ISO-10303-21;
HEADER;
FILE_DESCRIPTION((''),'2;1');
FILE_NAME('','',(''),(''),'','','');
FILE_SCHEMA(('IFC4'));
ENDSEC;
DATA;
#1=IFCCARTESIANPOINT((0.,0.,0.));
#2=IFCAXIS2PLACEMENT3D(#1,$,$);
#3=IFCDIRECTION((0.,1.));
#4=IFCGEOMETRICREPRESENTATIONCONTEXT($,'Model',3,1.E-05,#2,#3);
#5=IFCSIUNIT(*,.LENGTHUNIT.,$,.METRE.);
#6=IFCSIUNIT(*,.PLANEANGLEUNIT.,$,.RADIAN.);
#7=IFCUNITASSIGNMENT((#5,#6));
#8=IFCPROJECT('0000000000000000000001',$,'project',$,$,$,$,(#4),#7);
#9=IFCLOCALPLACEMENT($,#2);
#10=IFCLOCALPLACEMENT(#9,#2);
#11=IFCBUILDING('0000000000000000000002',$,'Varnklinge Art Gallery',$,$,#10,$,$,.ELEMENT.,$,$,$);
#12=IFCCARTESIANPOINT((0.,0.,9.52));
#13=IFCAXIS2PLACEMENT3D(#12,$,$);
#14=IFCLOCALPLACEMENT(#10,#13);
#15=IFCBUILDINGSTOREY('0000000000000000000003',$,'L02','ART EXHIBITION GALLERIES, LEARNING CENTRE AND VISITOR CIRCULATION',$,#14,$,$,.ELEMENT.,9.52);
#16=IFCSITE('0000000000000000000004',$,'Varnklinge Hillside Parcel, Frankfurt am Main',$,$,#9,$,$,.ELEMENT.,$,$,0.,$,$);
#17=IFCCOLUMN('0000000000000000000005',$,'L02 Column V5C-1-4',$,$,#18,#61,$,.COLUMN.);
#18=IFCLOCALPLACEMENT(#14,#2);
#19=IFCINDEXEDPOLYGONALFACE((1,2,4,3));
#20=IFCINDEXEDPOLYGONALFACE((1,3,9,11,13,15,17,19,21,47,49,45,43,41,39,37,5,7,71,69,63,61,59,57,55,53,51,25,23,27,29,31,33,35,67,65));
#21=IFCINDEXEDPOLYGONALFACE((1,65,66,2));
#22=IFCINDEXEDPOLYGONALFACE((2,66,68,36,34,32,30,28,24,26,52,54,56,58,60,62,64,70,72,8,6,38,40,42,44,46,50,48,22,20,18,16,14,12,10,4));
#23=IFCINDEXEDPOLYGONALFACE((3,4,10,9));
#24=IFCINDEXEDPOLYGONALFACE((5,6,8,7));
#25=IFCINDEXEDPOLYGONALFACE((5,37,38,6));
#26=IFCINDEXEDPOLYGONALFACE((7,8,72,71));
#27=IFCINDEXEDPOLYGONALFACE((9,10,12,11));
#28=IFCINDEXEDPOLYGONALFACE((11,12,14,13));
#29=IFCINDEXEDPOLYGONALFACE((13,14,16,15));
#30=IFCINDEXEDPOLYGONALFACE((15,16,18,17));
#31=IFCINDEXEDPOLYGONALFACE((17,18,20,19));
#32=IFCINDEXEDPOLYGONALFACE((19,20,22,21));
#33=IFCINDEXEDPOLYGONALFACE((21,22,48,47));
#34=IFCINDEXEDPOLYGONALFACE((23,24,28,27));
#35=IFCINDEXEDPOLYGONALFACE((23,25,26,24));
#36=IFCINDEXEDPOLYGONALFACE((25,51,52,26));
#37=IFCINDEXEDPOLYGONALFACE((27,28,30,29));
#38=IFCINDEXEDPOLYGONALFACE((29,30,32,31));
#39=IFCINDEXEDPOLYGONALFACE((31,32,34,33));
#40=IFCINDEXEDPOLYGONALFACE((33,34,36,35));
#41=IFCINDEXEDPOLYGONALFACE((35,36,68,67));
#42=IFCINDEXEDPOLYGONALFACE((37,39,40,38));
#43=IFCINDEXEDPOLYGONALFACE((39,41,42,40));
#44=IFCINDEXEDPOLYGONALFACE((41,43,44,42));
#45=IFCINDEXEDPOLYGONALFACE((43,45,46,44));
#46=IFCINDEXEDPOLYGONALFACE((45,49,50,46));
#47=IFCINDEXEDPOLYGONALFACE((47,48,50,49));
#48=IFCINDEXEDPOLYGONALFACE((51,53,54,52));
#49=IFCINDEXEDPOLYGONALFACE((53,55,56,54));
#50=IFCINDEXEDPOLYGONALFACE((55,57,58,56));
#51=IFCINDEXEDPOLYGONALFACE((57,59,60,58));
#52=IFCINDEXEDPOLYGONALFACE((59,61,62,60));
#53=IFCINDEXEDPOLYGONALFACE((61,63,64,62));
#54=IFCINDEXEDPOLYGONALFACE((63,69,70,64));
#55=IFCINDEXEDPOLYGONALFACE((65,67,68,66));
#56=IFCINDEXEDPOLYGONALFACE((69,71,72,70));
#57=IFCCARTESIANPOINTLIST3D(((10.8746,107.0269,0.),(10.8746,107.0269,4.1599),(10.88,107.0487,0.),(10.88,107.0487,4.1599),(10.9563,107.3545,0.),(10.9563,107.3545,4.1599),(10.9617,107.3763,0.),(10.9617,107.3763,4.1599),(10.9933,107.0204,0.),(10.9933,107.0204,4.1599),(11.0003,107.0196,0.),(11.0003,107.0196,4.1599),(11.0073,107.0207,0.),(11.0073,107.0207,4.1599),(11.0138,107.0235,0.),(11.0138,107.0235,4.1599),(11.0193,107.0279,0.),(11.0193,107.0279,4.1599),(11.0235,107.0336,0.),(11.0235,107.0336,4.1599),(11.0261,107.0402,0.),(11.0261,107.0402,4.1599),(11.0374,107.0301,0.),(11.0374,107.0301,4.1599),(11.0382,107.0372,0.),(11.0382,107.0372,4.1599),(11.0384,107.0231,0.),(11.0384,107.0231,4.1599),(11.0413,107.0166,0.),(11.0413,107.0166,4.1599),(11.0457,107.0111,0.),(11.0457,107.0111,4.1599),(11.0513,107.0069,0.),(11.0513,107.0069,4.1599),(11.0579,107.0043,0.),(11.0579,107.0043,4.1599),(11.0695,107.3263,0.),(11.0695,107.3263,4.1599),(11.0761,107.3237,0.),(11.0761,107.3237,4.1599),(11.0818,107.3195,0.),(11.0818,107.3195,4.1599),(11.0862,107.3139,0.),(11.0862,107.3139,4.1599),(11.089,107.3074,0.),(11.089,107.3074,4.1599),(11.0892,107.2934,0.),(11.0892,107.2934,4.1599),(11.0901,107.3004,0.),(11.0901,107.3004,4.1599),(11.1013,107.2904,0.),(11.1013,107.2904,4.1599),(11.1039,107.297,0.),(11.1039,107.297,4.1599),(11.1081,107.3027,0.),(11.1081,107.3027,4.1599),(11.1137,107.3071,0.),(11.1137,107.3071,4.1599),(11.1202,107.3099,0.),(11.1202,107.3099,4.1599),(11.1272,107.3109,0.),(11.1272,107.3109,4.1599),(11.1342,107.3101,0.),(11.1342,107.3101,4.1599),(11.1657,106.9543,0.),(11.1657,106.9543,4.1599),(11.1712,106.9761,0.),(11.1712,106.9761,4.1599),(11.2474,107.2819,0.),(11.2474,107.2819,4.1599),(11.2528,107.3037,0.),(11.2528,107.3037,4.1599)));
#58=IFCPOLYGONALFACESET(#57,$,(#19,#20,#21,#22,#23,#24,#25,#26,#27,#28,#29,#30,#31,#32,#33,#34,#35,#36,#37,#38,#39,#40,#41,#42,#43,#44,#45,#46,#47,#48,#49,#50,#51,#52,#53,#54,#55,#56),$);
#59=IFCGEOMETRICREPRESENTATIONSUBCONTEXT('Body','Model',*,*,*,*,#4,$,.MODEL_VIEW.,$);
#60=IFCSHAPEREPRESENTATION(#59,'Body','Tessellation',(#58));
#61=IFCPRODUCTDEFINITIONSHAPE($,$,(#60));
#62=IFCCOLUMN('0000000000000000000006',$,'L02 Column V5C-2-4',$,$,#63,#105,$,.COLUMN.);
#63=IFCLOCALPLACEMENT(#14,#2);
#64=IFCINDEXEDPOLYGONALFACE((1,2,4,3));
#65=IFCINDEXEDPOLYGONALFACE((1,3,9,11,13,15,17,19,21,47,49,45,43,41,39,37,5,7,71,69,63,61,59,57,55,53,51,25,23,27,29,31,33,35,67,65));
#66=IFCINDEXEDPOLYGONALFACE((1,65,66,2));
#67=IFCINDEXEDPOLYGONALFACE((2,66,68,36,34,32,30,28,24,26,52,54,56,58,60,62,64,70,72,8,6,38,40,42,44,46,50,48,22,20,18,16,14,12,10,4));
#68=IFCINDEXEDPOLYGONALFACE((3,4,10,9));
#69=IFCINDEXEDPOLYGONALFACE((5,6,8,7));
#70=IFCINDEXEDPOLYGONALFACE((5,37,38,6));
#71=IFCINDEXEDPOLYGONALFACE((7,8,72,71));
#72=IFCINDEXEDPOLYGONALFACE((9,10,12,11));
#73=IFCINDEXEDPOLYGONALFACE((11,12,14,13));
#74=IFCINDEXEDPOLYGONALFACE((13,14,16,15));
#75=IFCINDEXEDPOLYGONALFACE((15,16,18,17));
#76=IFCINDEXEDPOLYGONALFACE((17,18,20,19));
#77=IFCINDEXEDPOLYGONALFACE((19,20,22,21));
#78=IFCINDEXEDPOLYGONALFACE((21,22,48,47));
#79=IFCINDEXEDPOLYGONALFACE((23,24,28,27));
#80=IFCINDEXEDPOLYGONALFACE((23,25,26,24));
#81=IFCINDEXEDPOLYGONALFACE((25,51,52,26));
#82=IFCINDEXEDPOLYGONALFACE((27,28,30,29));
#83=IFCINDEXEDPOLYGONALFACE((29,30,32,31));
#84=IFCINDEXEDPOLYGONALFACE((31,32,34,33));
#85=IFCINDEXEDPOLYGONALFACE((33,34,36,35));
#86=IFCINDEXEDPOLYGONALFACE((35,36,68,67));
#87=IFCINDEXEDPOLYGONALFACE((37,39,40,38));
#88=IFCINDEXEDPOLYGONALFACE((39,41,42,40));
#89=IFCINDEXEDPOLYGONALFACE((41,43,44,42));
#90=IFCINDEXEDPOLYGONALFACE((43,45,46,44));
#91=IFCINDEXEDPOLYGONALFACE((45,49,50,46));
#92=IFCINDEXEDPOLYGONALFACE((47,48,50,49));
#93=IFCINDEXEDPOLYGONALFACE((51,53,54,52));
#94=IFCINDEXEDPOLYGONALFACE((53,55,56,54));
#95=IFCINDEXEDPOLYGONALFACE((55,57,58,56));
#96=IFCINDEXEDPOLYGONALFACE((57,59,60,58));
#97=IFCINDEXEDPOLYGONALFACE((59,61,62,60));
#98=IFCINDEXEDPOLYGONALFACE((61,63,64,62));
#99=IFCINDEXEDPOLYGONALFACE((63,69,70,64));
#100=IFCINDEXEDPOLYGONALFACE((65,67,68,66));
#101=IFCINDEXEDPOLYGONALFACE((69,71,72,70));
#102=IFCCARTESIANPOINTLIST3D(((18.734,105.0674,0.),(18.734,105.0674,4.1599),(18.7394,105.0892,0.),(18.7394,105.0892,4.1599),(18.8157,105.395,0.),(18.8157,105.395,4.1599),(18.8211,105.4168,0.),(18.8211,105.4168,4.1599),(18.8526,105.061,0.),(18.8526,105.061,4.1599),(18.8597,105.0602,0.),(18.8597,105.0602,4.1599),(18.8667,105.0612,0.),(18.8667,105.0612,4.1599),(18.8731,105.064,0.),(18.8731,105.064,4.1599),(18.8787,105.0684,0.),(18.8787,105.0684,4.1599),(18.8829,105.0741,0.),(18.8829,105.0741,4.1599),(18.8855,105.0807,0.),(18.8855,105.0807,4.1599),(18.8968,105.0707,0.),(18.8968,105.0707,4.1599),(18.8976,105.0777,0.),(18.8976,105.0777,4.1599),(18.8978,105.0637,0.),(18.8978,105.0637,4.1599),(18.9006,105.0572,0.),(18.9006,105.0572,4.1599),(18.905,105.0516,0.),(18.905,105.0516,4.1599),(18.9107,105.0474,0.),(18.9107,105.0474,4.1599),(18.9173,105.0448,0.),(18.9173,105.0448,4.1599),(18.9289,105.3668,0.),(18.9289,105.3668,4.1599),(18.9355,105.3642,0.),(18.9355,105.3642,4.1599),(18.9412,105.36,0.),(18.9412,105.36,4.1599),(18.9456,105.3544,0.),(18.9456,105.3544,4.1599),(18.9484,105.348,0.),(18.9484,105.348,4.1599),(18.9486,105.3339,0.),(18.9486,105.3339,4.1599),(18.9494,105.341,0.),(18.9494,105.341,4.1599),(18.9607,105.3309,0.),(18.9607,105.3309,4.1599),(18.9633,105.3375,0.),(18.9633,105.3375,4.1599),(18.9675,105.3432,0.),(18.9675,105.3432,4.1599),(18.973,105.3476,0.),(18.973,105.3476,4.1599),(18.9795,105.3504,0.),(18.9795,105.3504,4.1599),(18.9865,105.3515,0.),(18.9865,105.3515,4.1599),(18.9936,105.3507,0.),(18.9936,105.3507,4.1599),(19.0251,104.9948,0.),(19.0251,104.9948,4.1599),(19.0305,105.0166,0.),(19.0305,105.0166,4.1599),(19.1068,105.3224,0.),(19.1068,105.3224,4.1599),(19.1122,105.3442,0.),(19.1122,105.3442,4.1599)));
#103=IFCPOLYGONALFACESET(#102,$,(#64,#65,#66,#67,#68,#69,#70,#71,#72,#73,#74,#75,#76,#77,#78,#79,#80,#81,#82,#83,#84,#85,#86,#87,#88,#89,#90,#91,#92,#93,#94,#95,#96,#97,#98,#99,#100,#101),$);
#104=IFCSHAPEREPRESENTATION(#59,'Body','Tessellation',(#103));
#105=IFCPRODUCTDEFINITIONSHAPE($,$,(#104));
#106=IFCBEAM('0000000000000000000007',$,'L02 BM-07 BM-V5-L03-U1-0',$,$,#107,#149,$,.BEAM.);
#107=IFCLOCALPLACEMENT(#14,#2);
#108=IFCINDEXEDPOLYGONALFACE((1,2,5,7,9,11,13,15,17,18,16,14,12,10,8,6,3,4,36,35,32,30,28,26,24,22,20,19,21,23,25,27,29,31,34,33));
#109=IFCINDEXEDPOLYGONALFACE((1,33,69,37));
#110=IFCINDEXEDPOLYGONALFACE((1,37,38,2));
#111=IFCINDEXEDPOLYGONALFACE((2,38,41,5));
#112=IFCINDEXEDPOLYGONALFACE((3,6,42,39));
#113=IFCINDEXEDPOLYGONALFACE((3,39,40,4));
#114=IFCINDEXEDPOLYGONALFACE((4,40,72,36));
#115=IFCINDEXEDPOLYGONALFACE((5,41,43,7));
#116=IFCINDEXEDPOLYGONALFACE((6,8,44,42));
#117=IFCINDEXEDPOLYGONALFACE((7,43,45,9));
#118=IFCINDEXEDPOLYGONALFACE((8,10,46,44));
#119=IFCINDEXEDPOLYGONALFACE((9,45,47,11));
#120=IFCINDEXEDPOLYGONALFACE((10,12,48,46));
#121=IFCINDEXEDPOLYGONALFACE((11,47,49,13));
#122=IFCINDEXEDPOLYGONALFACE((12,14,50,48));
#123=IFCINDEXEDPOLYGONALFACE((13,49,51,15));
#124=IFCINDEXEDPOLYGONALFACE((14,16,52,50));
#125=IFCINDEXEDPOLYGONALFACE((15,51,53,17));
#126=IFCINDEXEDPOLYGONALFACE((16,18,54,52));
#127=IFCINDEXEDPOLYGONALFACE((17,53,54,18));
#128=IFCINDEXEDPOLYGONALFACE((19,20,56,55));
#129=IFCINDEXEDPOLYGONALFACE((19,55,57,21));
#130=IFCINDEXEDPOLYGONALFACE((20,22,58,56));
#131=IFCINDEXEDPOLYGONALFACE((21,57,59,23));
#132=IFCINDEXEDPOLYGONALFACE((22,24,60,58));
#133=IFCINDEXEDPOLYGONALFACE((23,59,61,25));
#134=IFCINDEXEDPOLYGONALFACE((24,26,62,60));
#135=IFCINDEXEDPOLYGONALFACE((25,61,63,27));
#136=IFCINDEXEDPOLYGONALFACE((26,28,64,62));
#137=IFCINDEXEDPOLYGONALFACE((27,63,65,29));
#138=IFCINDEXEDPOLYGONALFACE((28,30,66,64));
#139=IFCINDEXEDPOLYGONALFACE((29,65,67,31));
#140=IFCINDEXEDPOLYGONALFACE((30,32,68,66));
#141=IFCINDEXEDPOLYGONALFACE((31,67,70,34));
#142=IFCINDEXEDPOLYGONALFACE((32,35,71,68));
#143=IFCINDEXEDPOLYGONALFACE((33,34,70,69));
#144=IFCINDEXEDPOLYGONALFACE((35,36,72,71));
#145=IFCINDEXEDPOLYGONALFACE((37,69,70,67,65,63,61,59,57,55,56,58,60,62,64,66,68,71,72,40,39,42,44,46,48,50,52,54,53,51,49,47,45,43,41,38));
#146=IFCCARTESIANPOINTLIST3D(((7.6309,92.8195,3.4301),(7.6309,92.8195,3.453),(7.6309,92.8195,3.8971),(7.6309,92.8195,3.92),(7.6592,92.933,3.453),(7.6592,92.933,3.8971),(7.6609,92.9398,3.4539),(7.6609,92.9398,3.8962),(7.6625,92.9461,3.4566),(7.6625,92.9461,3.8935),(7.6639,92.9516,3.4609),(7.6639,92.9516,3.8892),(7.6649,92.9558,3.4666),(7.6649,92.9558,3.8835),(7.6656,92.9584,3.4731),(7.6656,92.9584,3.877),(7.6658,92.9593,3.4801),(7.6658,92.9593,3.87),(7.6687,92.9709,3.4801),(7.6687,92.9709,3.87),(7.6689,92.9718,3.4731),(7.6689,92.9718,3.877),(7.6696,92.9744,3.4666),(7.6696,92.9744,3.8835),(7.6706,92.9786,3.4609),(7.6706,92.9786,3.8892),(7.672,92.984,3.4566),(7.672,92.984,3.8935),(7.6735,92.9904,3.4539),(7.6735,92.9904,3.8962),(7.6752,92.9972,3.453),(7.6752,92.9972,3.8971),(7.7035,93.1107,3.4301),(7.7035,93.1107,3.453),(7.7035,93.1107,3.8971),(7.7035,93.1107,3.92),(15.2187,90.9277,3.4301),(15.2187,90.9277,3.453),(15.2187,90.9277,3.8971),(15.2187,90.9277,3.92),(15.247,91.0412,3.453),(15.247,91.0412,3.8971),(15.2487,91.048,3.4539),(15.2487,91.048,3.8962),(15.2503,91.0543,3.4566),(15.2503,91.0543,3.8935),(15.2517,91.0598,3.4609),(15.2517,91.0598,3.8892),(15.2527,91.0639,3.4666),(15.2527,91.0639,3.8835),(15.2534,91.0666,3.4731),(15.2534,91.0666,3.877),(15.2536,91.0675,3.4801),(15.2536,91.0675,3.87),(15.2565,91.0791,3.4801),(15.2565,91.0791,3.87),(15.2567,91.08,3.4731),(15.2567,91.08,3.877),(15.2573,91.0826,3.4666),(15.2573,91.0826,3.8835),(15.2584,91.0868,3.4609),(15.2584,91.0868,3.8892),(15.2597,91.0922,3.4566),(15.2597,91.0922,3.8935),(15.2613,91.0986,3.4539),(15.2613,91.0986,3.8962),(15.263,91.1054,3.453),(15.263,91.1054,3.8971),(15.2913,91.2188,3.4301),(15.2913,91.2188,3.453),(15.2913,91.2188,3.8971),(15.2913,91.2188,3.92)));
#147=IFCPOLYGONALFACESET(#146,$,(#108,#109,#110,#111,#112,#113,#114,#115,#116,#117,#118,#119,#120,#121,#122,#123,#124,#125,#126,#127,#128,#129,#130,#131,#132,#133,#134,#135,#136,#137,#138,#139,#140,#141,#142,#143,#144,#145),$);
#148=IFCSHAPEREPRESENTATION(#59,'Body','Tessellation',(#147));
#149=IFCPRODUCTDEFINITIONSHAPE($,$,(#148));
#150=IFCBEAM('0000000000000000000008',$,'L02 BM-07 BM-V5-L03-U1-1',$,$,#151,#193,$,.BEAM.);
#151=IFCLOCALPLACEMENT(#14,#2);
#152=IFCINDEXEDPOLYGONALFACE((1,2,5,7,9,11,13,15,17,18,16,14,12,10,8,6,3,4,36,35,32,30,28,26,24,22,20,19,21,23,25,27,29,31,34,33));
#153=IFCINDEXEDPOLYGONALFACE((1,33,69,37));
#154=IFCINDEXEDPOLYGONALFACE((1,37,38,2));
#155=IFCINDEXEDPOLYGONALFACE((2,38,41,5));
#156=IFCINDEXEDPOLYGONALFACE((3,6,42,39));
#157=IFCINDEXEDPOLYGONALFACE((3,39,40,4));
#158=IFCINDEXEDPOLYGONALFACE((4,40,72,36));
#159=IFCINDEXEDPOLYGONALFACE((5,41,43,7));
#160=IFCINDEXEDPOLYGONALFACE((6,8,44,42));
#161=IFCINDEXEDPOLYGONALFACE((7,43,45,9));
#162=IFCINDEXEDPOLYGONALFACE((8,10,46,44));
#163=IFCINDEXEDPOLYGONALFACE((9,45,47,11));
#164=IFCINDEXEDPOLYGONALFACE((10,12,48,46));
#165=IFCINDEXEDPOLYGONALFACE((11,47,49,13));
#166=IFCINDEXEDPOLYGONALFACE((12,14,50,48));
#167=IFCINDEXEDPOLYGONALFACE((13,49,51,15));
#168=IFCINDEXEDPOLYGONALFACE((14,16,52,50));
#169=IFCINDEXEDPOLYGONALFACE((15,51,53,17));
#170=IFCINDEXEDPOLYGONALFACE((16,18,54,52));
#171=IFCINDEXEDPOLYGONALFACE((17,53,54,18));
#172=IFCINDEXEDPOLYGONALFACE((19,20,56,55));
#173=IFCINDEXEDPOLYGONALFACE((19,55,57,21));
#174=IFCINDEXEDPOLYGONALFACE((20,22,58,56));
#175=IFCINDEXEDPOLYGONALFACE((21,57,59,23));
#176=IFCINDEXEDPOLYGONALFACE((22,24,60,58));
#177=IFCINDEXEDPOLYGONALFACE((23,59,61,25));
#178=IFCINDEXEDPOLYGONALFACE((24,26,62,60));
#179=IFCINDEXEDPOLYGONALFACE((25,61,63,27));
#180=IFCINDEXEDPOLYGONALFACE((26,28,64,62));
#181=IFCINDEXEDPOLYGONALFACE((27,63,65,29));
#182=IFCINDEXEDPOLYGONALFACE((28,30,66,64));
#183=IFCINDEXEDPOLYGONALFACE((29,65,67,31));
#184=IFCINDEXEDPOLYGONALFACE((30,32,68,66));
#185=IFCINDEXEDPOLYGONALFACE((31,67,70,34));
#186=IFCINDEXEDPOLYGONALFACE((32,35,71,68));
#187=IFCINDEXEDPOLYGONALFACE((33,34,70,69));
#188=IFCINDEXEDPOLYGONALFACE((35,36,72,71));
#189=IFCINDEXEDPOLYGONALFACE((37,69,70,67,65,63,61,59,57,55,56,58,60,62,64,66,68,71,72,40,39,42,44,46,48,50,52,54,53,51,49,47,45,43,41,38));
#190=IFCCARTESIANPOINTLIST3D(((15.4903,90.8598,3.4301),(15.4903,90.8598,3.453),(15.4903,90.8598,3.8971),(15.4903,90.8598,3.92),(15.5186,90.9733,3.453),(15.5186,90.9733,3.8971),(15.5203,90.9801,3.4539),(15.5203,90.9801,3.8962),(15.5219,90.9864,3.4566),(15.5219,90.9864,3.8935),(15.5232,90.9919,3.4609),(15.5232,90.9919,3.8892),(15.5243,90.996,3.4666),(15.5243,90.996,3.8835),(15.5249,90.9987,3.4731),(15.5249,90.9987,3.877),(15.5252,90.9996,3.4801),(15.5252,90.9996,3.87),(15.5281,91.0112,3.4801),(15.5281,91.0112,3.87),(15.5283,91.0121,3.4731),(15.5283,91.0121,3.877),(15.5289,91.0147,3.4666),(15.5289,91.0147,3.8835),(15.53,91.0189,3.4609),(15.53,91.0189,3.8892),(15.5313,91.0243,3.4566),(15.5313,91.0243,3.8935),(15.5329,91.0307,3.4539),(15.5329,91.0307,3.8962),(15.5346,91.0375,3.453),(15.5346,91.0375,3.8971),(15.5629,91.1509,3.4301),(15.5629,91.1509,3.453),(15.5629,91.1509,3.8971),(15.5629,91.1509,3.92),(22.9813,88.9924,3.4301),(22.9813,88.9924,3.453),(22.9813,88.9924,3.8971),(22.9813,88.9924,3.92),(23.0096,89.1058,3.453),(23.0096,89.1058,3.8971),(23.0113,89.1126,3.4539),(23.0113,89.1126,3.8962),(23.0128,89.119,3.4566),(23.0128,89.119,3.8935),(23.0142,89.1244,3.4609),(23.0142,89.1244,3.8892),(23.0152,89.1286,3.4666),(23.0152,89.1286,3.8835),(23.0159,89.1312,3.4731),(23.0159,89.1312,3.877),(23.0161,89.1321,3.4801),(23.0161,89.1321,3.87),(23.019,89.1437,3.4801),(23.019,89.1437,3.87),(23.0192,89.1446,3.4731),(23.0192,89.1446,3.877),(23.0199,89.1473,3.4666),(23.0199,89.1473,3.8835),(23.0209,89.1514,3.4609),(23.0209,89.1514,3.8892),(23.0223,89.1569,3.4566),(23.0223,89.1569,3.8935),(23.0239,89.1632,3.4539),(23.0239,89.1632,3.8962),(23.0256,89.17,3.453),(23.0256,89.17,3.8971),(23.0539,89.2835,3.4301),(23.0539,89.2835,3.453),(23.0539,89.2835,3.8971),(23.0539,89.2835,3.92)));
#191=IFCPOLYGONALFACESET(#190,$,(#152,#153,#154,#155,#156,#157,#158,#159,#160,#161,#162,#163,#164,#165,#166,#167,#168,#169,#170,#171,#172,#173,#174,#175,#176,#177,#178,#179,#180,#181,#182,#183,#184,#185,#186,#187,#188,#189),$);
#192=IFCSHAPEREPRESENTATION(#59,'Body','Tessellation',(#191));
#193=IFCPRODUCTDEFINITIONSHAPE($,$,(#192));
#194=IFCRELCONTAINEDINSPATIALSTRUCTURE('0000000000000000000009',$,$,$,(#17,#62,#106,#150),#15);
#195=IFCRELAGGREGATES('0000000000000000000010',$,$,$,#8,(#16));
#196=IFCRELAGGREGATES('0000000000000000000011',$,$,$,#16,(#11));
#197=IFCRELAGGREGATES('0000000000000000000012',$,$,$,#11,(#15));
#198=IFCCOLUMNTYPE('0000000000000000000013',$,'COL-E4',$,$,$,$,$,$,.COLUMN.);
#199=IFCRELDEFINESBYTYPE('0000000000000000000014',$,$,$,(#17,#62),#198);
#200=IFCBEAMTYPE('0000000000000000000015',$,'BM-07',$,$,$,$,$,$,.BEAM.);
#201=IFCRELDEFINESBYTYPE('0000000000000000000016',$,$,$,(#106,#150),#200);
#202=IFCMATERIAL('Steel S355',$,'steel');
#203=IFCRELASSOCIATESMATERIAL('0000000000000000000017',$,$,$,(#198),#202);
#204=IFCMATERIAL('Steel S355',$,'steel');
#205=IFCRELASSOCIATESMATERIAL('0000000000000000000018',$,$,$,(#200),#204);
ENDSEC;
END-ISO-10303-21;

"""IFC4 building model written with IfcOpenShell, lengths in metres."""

from ifc_helpers import new_model, si_unit, direction, frame, origin, origin_2d, place, context, subcontext, project, spatial, i_section, extrude, material, material_profile, profile_set, type_object, element, save


model = new_model("IFC4")

# Units and contexts
model_context = context("Model", 3, precision=1e-05, world=origin(), true_north=direction((0.0, 1.0)))
body_context = subcontext(model_context, "Body", "Model", "MODEL_VIEW")
ifc_project = project(units=[si_unit("LENGTHUNIT", "METRE"), si_unit("PLANEANGLEUNIT", "RADIAN")], contexts=[model_context])

# Site, building, storey
site_placement = place(None, origin())
site = spatial("IfcSite", under=ifc_project, at=site_placement, Name="Varnklinge Hillside Parcel, Frankfurt am Main", CompositionType="ELEMENT", RefElevation=0.0)
building_placement = place(site_placement, origin())
building = spatial("IfcBuilding", under=site, at=building_placement, Name="Varnklinge Art Gallery", CompositionType="ELEMENT")
storey_placement = place(building_placement, frame((0.0, 0.0, 9.52)))
storey = spatial("IfcBuildingStorey", under=building, at=storey_placement, Name="L02", Description="ART EXHIBITION GALLERIES, LEARNING CENTRE AND VISITOR CIRCULATION", CompositionType="ELEMENT", Elevation=9.52)

# Columns
ifc_material_1 = material(Name="Steel S355", Category="steel")
ifc_material_profile_1 = material_profile(ifc_material_1, i_section(OverallWidth=0.3, OverallDepth=0.3601, WebThickness=0.0125, FlangeThickness=0.0225, FilletRadius=0.0271, at=origin_2d()), Name="HEB 360")
ifc_profile_set_1 = profile_set([ifc_material_profile_1], Name="Steel S355")
column_type_1 = type_object("IfcColumnType", Name="COL-E4", PredefinedType="COLUMN", material=ifc_profile_set_1)
for number, where, z_axis, x_axis, name in (
    (1, (11.0637, 107.1653, 0.0), (0.0, 0.0, 1.0), (0.970296, -0.241922, 0.0), "L02 Column V5C-1-4"),
    (2, (18.9231, 105.2058, 0.0), (0.0, 0.0, 1.0), (0.970296, -0.241922, 0.0), "L02 Column V5C-2-4"),
):
    element("IfcColumn", number, at=place(storey_placement, frame(where, z_axis=z_axis, x_axis=x_axis)), inside=storey, type_object=column_type_1, Name=name, PredefinedType="COLUMN", context=body_context, shape_type="SweptSolid", body=[
        extrude(i_section(OverallWidth=0.3, OverallDepth=0.3601, WebThickness=0.0125, FlangeThickness=0.0225, FilletRadius=0.0271, at=origin_2d()), origin(), (0.0, 0.0, 1.0), 4.1599),
    ])

# Beams
ifc_material_2 = material(Name="Steel S355", Category="steel")
ifc_material_profile_2 = material_profile(ifc_material_2, i_section(OverallWidth=0.3, OverallDepth=0.49, WebThickness=0.012, FlangeThickness=0.0229, FilletRadius=0.0271, at=origin_2d()), Name="HEA 500")
ifc_profile_set_2 = profile_set([ifc_material_profile_2], Name="Steel S355")
beam_type_1 = type_object("IfcBeamType", Name="BM-07", PredefinedType="BEAM", material=ifc_profile_set_2)
beam_1_placement = place(storey_placement, frame((7.6672, 92.9651, 3.675), z_axis=(0.970297, -0.241919, 0.0), x_axis=(0.241919, 0.970297, 0.0)))
element("IfcBeam", 3, at=beam_1_placement, inside=storey, type_object=beam_type_1, Name="L02 BM-07 BM-V5-L03-U1-0", PredefinedType="BEAM", context=body_context, shape_type="SweptSolid", body=[
    extrude(i_section(OverallWidth=0.3, OverallDepth=0.49, WebThickness=0.012, FlangeThickness=0.0229, FilletRadius=0.0271, at=origin_2d()), origin(), (0.0, 0.0, 1.0), 7.8201),
])
beam_2_placement = place(storey_placement, frame((15.5266, 91.0054, 3.675), z_axis=(0.970304, -0.241888, 0.0), x_axis=(0.241888, 0.970304, 0.0)))
element("IfcBeam", 4, at=beam_2_placement, inside=storey, type_object=beam_type_1, Name="L02 BM-07 BM-V5-L03-U1-1", PredefinedType="BEAM", context=body_context, shape_type="SweptSolid", body=[
    extrude(i_section(OverallWidth=0.3, OverallDepth=0.49, WebThickness=0.012, FlangeThickness=0.0229, FilletRadius=0.0271, at=origin_2d()), origin(), (0.0, 0.0, 1.0), 7.7202),
])

save(model, "model.ifc")
